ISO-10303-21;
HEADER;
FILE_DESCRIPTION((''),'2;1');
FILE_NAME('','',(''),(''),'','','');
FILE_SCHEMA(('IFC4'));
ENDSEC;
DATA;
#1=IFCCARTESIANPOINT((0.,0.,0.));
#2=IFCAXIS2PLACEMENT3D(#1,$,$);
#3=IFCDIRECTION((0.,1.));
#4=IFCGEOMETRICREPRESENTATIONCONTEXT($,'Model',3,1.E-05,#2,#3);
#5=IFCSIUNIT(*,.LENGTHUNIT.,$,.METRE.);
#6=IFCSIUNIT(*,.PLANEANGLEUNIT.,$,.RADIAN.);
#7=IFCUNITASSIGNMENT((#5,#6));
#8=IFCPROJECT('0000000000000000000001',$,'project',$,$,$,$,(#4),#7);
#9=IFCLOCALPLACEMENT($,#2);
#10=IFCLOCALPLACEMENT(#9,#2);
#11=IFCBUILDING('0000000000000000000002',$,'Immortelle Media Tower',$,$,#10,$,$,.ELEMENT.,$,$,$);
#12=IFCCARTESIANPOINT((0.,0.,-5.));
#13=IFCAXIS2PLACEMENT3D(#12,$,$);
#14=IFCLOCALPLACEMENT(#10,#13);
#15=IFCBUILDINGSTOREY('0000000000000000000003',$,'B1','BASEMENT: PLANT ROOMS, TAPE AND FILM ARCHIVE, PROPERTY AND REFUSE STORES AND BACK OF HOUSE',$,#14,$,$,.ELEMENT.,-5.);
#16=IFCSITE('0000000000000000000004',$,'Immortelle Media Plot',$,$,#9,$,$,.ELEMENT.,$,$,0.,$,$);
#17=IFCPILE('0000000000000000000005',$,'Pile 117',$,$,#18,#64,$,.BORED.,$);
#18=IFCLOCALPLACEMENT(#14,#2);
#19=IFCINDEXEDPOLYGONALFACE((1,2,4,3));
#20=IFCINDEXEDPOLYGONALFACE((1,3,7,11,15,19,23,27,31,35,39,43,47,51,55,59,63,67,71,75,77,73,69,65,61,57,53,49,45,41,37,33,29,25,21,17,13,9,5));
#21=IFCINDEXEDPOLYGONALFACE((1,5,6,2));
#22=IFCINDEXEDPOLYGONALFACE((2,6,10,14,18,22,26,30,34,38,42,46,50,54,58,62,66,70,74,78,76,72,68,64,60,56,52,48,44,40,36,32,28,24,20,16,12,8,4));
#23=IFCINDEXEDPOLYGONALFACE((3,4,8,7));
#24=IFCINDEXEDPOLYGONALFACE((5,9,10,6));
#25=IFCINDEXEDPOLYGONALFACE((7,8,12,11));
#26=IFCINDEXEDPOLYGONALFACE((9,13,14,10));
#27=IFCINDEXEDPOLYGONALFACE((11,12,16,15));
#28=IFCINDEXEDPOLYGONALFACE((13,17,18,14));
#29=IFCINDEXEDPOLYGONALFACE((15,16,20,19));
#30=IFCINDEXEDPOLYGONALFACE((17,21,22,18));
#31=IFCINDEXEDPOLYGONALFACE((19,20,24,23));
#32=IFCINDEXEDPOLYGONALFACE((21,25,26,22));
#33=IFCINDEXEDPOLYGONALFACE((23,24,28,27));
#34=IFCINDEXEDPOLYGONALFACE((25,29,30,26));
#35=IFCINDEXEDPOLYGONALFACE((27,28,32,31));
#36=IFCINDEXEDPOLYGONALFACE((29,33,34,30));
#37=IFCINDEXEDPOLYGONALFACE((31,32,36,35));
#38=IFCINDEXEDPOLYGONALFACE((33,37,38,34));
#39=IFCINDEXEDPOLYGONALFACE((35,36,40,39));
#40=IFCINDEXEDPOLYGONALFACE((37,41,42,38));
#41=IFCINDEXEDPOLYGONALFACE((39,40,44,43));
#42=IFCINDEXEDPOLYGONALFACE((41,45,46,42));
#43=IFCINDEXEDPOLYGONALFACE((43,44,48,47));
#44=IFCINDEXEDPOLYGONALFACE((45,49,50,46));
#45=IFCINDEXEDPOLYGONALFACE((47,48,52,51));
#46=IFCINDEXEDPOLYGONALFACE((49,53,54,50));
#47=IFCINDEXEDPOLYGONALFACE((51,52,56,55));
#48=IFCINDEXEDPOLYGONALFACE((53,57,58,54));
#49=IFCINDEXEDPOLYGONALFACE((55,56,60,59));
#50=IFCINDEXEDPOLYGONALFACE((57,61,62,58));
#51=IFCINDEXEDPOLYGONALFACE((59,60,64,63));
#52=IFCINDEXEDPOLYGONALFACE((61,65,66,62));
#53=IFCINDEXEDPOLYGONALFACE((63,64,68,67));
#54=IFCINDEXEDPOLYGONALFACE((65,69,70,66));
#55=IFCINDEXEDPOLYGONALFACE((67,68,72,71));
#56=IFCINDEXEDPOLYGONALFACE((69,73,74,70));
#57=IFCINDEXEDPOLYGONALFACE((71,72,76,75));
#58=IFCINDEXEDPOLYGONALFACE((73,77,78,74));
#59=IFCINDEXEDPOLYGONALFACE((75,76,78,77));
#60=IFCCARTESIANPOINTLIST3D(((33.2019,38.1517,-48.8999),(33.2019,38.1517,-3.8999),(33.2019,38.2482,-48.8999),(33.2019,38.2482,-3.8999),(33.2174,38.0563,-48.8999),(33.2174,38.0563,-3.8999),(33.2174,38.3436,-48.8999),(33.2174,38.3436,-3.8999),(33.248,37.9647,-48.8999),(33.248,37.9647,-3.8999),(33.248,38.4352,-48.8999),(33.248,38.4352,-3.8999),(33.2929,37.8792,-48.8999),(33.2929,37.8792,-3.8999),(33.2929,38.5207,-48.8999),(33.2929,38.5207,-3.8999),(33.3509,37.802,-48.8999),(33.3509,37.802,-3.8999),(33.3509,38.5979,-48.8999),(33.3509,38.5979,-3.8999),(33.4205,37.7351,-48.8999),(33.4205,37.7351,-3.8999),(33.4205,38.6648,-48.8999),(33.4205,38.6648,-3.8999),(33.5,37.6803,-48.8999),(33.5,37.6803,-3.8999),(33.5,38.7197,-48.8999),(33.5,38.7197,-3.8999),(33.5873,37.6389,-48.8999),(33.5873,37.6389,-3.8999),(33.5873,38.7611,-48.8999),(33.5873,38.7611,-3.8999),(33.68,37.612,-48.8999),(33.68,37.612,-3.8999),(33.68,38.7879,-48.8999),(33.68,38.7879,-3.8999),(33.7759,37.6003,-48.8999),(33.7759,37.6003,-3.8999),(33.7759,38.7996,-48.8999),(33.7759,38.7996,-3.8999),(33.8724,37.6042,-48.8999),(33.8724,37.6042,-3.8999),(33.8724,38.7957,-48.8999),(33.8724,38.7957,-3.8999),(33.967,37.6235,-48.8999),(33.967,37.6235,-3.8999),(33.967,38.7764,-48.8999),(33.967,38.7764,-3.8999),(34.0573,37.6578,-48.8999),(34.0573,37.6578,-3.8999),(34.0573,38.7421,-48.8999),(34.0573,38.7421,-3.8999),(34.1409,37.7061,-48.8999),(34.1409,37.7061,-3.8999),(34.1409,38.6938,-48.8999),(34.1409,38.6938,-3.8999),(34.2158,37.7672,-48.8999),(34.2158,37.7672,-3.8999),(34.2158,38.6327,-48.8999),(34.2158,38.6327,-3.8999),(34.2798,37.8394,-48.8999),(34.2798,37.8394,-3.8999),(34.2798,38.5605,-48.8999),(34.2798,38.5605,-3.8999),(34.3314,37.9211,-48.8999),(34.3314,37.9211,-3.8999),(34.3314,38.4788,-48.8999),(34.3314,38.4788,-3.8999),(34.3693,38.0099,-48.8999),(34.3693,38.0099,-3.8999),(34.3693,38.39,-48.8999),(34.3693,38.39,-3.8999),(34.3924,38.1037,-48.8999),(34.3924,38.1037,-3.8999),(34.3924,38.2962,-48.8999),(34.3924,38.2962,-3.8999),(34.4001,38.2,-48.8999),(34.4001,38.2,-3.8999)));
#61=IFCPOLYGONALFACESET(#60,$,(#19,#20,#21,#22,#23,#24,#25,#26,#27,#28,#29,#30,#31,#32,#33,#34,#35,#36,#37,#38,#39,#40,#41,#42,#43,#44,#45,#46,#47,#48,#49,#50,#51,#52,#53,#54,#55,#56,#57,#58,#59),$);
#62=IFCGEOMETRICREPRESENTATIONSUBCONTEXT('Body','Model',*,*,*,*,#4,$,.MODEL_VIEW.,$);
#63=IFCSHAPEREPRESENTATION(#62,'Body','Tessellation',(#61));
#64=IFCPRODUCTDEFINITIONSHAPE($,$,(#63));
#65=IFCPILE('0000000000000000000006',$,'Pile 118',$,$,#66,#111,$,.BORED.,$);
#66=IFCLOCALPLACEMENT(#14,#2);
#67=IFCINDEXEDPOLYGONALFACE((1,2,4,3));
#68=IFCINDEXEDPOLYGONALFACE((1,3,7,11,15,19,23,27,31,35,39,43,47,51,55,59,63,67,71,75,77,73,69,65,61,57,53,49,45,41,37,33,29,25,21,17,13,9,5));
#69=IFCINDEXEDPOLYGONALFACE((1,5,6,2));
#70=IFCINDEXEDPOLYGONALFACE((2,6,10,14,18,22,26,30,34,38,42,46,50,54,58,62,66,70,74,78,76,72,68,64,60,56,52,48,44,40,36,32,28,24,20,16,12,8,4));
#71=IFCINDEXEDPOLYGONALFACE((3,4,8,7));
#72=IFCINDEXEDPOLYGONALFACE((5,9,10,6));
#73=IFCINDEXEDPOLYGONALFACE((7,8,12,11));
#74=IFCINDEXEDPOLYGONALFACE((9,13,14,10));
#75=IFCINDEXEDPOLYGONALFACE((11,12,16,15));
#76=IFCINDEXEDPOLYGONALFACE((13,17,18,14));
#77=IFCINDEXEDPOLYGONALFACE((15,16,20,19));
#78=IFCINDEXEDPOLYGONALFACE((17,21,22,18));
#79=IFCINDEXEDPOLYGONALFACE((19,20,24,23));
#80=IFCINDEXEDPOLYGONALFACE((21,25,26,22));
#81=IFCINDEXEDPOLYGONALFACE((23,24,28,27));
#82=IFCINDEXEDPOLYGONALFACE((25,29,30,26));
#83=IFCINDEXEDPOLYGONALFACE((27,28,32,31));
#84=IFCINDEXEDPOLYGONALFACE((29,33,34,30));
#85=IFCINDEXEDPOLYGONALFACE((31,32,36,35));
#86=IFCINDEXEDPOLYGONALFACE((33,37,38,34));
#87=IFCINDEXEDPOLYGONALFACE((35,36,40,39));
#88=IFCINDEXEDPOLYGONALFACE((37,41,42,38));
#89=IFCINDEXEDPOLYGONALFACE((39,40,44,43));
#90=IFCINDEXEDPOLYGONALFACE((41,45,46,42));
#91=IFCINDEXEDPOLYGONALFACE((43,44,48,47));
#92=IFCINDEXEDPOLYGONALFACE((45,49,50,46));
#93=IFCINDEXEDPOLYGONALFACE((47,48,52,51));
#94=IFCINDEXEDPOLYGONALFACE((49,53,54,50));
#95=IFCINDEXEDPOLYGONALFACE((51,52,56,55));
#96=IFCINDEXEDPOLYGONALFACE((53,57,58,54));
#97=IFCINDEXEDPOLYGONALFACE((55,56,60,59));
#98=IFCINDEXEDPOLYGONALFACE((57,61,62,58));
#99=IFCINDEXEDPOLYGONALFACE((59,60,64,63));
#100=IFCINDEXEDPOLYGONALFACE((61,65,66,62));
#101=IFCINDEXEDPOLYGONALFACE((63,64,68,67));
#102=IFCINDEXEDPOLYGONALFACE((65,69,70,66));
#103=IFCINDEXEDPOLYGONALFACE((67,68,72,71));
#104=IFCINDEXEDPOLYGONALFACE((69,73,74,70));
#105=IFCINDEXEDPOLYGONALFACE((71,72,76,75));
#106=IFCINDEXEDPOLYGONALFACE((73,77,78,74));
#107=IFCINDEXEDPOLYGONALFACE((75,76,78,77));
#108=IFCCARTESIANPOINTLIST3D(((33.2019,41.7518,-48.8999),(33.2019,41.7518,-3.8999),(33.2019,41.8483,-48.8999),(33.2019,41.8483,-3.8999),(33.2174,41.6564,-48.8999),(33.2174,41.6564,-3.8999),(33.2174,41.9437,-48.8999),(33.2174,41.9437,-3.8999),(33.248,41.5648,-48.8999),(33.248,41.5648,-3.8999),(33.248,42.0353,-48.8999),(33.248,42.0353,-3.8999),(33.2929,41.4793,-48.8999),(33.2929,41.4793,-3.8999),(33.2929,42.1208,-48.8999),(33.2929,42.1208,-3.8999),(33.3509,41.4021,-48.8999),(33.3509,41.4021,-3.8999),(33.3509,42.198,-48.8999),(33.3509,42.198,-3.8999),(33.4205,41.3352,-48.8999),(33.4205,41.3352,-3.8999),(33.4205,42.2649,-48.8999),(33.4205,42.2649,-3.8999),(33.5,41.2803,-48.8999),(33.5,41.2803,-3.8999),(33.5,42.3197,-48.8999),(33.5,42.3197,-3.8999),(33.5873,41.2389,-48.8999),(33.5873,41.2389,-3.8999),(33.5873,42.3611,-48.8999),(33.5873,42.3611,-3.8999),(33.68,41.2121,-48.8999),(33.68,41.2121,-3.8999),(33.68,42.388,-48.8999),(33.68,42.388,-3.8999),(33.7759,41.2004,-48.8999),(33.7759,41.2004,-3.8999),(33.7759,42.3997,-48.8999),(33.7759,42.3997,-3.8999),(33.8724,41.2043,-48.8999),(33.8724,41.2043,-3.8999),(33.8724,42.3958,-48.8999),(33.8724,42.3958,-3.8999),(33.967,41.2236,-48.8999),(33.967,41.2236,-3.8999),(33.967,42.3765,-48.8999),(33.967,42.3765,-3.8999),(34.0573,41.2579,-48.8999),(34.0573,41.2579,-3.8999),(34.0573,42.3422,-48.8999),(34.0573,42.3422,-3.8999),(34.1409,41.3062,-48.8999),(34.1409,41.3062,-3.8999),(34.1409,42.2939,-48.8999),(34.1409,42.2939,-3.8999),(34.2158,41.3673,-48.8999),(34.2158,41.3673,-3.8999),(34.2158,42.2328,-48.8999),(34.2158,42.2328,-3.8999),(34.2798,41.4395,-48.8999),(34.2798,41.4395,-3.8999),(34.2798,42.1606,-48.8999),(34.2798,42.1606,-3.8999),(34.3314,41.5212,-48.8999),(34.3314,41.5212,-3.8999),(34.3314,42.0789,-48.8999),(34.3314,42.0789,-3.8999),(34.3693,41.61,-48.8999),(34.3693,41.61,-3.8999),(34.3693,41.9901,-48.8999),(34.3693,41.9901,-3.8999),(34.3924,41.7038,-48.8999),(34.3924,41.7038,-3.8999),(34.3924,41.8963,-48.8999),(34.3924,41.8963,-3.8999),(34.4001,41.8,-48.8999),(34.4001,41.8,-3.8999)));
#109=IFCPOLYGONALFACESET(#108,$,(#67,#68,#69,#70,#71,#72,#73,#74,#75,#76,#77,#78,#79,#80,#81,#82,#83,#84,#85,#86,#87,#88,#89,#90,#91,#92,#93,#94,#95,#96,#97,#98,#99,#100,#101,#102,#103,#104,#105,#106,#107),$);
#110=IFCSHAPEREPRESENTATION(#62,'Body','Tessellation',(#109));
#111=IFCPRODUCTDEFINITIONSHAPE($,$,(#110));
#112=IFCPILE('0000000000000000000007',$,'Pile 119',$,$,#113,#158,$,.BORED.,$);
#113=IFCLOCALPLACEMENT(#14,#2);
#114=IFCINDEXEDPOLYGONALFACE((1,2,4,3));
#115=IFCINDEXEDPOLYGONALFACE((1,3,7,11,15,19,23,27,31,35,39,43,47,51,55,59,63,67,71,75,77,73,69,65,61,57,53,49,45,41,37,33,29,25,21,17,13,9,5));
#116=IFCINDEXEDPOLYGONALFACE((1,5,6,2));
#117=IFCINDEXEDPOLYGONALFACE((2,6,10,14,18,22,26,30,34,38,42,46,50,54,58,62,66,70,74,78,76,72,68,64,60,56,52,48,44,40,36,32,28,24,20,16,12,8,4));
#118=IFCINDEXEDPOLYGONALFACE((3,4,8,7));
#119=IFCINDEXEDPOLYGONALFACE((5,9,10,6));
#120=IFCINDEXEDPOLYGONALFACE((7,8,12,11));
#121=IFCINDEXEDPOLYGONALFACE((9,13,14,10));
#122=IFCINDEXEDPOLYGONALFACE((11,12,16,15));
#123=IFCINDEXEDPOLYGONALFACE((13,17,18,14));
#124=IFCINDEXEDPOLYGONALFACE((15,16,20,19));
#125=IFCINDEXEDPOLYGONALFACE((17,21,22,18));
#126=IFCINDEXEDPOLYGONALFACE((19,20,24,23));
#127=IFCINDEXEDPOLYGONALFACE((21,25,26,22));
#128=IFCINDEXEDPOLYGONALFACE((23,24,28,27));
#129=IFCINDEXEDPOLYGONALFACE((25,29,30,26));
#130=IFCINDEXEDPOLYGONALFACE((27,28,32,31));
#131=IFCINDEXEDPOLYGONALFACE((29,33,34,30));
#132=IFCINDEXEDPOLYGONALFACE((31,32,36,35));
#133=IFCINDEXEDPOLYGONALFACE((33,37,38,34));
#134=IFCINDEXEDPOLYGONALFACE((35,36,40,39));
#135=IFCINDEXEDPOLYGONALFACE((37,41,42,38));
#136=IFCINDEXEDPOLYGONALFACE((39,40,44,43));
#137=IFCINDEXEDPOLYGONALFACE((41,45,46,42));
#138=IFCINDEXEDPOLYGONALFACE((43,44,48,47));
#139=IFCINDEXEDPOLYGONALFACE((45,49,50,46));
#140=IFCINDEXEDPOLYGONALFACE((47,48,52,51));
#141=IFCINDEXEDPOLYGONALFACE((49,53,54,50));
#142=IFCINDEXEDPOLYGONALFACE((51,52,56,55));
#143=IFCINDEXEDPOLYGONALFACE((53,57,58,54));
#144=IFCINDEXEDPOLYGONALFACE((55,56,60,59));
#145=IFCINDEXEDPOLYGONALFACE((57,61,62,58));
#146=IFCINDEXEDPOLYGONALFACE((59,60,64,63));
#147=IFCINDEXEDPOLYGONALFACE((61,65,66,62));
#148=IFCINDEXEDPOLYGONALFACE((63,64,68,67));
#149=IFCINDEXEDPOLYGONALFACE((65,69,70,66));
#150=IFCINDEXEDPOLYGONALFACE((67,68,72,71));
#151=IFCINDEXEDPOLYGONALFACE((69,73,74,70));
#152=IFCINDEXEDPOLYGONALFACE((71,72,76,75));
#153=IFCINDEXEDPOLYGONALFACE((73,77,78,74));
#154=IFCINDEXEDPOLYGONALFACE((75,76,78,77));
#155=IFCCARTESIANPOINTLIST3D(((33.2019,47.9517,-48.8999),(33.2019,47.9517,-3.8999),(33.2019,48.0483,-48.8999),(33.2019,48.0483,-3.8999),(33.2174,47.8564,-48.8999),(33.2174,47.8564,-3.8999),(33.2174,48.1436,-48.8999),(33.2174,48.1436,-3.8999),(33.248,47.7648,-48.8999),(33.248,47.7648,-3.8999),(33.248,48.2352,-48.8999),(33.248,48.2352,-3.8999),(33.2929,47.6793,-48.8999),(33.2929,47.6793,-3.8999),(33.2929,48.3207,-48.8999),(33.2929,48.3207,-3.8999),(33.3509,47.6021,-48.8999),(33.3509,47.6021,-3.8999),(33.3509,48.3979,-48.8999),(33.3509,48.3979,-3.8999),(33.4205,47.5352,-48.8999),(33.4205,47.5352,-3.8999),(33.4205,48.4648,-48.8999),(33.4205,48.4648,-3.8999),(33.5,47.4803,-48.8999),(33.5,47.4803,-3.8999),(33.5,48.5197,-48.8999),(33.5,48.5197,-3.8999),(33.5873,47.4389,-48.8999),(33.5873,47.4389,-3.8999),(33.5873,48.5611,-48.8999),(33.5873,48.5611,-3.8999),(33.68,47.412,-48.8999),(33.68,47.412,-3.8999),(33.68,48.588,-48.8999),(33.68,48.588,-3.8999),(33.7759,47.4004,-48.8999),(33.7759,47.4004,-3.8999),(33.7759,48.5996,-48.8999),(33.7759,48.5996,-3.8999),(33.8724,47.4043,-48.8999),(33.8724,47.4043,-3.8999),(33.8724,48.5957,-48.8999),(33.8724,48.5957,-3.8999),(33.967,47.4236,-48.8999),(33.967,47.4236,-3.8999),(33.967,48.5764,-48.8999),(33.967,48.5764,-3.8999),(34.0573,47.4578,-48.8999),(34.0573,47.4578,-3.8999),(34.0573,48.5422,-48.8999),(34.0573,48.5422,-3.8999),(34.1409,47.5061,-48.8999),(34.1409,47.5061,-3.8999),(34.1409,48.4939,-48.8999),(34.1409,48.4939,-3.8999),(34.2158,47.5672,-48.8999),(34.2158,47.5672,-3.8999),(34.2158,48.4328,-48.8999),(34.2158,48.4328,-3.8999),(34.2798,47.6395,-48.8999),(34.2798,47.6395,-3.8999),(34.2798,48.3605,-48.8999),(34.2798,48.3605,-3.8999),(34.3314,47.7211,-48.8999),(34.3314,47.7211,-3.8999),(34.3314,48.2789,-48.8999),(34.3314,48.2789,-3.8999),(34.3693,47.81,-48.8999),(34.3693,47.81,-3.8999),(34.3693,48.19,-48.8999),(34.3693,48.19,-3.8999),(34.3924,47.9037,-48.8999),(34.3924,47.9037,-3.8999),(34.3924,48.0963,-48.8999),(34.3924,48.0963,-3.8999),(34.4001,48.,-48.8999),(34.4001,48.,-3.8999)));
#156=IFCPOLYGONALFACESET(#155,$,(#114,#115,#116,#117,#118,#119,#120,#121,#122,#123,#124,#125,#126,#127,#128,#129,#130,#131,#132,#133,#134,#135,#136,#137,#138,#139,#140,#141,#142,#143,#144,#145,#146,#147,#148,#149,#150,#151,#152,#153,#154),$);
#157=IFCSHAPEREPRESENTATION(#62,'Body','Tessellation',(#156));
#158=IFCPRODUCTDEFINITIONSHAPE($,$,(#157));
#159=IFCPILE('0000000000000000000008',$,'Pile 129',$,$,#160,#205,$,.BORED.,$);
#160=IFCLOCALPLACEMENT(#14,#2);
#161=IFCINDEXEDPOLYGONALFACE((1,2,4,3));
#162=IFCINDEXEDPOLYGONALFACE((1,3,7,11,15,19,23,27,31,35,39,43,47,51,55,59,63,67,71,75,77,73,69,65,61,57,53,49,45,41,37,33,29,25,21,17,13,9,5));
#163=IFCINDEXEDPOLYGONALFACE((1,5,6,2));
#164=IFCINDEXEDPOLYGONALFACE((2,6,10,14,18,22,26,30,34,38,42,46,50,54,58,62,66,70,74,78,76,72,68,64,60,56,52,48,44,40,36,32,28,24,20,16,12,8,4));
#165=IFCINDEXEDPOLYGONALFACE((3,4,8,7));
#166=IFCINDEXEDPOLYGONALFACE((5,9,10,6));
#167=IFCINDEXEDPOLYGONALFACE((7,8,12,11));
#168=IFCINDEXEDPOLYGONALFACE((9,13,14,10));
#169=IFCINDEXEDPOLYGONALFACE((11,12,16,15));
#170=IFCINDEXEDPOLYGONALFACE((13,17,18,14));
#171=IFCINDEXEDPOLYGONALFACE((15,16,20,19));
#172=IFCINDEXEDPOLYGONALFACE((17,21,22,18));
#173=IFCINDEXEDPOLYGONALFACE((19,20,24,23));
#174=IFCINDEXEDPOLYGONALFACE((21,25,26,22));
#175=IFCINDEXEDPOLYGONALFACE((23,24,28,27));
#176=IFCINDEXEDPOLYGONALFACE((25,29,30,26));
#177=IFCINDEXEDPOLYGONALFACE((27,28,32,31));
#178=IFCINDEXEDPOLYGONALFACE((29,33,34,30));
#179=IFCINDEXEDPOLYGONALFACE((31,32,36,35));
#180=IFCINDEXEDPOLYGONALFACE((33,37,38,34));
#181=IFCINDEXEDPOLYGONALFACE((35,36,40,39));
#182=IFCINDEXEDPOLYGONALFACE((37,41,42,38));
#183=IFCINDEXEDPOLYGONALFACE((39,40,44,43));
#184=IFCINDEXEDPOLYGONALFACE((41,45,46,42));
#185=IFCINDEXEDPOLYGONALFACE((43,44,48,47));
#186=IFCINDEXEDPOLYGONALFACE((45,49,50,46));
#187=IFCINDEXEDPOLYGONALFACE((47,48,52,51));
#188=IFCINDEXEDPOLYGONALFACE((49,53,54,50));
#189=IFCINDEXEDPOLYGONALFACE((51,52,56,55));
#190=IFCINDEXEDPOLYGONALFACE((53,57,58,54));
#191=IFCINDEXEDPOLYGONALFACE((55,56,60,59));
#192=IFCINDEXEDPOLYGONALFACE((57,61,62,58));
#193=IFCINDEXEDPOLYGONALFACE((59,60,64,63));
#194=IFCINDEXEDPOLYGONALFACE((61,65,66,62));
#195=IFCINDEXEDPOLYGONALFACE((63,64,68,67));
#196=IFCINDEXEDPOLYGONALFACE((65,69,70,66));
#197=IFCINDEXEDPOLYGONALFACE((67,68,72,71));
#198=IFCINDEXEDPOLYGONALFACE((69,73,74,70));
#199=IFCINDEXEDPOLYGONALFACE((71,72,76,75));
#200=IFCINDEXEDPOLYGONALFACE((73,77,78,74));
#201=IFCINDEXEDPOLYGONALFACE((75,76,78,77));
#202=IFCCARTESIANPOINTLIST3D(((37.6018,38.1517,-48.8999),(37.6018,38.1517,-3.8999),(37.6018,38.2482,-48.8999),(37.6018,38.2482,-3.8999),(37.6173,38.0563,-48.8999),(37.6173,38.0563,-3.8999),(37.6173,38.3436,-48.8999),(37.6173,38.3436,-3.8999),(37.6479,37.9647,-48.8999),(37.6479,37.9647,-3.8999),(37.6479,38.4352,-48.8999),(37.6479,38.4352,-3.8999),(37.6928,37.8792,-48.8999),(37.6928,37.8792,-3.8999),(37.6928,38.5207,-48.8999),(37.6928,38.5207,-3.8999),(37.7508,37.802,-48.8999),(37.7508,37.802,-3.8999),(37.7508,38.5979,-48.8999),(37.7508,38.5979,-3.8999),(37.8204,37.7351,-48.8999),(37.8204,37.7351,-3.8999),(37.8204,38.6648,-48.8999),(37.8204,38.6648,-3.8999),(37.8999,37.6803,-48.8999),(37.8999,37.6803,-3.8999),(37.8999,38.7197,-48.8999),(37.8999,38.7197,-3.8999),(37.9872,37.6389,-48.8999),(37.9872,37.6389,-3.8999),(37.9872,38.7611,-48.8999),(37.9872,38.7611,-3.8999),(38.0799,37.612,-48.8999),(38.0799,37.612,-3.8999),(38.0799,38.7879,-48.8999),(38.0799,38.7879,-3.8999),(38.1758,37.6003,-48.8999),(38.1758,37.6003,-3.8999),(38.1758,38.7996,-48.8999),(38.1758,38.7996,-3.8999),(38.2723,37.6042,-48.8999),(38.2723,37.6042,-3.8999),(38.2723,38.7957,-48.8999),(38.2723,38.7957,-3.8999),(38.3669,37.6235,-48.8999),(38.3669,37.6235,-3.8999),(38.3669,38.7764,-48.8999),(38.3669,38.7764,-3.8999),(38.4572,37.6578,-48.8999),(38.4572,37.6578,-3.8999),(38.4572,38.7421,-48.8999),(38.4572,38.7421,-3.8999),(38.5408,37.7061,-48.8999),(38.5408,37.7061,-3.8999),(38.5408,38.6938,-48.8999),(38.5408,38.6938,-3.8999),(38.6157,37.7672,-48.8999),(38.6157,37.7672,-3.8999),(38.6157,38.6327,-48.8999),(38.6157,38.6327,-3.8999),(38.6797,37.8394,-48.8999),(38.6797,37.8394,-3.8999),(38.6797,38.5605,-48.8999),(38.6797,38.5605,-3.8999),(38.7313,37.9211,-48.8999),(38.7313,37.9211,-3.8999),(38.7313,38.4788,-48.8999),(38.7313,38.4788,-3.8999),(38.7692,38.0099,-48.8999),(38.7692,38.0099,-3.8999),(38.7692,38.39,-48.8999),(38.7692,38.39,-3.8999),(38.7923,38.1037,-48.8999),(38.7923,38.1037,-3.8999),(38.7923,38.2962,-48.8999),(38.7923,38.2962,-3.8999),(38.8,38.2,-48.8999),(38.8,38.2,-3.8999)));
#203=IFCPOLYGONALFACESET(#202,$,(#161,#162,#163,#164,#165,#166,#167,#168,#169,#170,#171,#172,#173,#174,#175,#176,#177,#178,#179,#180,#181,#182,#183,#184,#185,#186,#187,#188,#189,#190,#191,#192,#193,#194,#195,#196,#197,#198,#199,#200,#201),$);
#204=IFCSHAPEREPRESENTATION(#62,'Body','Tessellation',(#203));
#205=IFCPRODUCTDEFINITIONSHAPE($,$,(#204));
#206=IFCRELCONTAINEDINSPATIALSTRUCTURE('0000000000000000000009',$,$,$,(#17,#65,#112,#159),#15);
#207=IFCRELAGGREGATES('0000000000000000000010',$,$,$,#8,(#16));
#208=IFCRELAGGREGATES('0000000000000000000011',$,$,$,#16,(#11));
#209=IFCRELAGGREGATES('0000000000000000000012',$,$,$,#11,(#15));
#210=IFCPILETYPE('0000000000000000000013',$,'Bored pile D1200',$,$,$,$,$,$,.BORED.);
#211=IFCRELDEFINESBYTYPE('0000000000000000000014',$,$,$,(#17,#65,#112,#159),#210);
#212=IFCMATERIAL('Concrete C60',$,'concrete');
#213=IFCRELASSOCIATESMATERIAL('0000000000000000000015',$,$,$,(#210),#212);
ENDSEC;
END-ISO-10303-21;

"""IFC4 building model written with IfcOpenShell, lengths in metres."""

from ifc_helpers import new_model, si_unit, direction, frame, origin, origin_2d, place, context, subcontext, project, spatial, circle, extrude, material, material_profile, profile_set, type_object, element, save


model = new_model("IFC4")

# Units and contexts
model_context = context("Model", 3, precision=1e-05, world=origin(), true_north=direction((0.0, 1.0)))
body_context = subcontext(model_context, "Body", "Model", "MODEL_VIEW")
ifc_project = project(units=[si_unit("LENGTHUNIT", "METRE"), si_unit("PLANEANGLEUNIT", "RADIAN")], contexts=[model_context])

# Site, building, storey
site_placement = place(None, origin())
site = spatial("IfcSite", under=ifc_project, at=site_placement, Name="Immortelle Media Plot", CompositionType="ELEMENT", RefElevation=0.0)
building_placement = place(site_placement, origin())
building = spatial("IfcBuilding", under=site, at=building_placement, Name="Immortelle Media Tower", CompositionType="ELEMENT")
storey_placement = place(building_placement, frame((0.0, 0.0, -5.0)))
storey = spatial("IfcBuildingStorey", under=building, at=storey_placement, Name="B1", Description="BASEMENT: PLANT ROOMS, TAPE AND FILM ARCHIVE, PROPERTY AND REFUSE STORES AND BACK OF HOUSE", CompositionType="ELEMENT", Elevation=-5.0)

# Piles
ifc_material_1 = material(Name="Concrete C60", Category="concrete")
ifc_material_profile_1 = material_profile(ifc_material_1, circle(Radius=0.6001, at=origin_2d()), Name="Bored pile D1200")
ifc_profile_set_1 = profile_set([ifc_material_profile_1], Name="Concrete C60")
pile_type = type_object("IfcPileType", Name="Bored pile D1200", PredefinedType="BORED", material=ifc_profile_set_1)
for number, where, z_axis, x_axis, name in (
    (1, (33.8, 38.2, -3.8999), (0.0, 0.0, -1.0), (1.0, 0.0, 0.0), "Pile 117"),
    (2, (33.8, 41.8, -3.8999), (0.0, 0.0, -1.0), (1.0, 0.0, 0.0), "Pile 118"),
    (3, (33.8, 48.0, -3.8999), (0.0, 0.0, -1.0), (1.0, 0.0, 0.0), "Pile 119"),
    (4, (38.2, 38.2, -3.8999), (0.0, 0.0, -1.0), (1.0, 0.0, 0.0), "Pile 129"),
):
    element("IfcPile", number, at=place(storey_placement, frame(where, z_axis=z_axis, x_axis=x_axis)), inside=storey, type_object=pile_type, Name=name, PredefinedType="BORED", context=body_context, shape_type="SweptSolid", body=[
        extrude(circle(Radius=0.6001, at=origin_2d()), origin(), (0.0, 0.0, 1.0), 45.0),
    ])

save(model, "model.ifc")
